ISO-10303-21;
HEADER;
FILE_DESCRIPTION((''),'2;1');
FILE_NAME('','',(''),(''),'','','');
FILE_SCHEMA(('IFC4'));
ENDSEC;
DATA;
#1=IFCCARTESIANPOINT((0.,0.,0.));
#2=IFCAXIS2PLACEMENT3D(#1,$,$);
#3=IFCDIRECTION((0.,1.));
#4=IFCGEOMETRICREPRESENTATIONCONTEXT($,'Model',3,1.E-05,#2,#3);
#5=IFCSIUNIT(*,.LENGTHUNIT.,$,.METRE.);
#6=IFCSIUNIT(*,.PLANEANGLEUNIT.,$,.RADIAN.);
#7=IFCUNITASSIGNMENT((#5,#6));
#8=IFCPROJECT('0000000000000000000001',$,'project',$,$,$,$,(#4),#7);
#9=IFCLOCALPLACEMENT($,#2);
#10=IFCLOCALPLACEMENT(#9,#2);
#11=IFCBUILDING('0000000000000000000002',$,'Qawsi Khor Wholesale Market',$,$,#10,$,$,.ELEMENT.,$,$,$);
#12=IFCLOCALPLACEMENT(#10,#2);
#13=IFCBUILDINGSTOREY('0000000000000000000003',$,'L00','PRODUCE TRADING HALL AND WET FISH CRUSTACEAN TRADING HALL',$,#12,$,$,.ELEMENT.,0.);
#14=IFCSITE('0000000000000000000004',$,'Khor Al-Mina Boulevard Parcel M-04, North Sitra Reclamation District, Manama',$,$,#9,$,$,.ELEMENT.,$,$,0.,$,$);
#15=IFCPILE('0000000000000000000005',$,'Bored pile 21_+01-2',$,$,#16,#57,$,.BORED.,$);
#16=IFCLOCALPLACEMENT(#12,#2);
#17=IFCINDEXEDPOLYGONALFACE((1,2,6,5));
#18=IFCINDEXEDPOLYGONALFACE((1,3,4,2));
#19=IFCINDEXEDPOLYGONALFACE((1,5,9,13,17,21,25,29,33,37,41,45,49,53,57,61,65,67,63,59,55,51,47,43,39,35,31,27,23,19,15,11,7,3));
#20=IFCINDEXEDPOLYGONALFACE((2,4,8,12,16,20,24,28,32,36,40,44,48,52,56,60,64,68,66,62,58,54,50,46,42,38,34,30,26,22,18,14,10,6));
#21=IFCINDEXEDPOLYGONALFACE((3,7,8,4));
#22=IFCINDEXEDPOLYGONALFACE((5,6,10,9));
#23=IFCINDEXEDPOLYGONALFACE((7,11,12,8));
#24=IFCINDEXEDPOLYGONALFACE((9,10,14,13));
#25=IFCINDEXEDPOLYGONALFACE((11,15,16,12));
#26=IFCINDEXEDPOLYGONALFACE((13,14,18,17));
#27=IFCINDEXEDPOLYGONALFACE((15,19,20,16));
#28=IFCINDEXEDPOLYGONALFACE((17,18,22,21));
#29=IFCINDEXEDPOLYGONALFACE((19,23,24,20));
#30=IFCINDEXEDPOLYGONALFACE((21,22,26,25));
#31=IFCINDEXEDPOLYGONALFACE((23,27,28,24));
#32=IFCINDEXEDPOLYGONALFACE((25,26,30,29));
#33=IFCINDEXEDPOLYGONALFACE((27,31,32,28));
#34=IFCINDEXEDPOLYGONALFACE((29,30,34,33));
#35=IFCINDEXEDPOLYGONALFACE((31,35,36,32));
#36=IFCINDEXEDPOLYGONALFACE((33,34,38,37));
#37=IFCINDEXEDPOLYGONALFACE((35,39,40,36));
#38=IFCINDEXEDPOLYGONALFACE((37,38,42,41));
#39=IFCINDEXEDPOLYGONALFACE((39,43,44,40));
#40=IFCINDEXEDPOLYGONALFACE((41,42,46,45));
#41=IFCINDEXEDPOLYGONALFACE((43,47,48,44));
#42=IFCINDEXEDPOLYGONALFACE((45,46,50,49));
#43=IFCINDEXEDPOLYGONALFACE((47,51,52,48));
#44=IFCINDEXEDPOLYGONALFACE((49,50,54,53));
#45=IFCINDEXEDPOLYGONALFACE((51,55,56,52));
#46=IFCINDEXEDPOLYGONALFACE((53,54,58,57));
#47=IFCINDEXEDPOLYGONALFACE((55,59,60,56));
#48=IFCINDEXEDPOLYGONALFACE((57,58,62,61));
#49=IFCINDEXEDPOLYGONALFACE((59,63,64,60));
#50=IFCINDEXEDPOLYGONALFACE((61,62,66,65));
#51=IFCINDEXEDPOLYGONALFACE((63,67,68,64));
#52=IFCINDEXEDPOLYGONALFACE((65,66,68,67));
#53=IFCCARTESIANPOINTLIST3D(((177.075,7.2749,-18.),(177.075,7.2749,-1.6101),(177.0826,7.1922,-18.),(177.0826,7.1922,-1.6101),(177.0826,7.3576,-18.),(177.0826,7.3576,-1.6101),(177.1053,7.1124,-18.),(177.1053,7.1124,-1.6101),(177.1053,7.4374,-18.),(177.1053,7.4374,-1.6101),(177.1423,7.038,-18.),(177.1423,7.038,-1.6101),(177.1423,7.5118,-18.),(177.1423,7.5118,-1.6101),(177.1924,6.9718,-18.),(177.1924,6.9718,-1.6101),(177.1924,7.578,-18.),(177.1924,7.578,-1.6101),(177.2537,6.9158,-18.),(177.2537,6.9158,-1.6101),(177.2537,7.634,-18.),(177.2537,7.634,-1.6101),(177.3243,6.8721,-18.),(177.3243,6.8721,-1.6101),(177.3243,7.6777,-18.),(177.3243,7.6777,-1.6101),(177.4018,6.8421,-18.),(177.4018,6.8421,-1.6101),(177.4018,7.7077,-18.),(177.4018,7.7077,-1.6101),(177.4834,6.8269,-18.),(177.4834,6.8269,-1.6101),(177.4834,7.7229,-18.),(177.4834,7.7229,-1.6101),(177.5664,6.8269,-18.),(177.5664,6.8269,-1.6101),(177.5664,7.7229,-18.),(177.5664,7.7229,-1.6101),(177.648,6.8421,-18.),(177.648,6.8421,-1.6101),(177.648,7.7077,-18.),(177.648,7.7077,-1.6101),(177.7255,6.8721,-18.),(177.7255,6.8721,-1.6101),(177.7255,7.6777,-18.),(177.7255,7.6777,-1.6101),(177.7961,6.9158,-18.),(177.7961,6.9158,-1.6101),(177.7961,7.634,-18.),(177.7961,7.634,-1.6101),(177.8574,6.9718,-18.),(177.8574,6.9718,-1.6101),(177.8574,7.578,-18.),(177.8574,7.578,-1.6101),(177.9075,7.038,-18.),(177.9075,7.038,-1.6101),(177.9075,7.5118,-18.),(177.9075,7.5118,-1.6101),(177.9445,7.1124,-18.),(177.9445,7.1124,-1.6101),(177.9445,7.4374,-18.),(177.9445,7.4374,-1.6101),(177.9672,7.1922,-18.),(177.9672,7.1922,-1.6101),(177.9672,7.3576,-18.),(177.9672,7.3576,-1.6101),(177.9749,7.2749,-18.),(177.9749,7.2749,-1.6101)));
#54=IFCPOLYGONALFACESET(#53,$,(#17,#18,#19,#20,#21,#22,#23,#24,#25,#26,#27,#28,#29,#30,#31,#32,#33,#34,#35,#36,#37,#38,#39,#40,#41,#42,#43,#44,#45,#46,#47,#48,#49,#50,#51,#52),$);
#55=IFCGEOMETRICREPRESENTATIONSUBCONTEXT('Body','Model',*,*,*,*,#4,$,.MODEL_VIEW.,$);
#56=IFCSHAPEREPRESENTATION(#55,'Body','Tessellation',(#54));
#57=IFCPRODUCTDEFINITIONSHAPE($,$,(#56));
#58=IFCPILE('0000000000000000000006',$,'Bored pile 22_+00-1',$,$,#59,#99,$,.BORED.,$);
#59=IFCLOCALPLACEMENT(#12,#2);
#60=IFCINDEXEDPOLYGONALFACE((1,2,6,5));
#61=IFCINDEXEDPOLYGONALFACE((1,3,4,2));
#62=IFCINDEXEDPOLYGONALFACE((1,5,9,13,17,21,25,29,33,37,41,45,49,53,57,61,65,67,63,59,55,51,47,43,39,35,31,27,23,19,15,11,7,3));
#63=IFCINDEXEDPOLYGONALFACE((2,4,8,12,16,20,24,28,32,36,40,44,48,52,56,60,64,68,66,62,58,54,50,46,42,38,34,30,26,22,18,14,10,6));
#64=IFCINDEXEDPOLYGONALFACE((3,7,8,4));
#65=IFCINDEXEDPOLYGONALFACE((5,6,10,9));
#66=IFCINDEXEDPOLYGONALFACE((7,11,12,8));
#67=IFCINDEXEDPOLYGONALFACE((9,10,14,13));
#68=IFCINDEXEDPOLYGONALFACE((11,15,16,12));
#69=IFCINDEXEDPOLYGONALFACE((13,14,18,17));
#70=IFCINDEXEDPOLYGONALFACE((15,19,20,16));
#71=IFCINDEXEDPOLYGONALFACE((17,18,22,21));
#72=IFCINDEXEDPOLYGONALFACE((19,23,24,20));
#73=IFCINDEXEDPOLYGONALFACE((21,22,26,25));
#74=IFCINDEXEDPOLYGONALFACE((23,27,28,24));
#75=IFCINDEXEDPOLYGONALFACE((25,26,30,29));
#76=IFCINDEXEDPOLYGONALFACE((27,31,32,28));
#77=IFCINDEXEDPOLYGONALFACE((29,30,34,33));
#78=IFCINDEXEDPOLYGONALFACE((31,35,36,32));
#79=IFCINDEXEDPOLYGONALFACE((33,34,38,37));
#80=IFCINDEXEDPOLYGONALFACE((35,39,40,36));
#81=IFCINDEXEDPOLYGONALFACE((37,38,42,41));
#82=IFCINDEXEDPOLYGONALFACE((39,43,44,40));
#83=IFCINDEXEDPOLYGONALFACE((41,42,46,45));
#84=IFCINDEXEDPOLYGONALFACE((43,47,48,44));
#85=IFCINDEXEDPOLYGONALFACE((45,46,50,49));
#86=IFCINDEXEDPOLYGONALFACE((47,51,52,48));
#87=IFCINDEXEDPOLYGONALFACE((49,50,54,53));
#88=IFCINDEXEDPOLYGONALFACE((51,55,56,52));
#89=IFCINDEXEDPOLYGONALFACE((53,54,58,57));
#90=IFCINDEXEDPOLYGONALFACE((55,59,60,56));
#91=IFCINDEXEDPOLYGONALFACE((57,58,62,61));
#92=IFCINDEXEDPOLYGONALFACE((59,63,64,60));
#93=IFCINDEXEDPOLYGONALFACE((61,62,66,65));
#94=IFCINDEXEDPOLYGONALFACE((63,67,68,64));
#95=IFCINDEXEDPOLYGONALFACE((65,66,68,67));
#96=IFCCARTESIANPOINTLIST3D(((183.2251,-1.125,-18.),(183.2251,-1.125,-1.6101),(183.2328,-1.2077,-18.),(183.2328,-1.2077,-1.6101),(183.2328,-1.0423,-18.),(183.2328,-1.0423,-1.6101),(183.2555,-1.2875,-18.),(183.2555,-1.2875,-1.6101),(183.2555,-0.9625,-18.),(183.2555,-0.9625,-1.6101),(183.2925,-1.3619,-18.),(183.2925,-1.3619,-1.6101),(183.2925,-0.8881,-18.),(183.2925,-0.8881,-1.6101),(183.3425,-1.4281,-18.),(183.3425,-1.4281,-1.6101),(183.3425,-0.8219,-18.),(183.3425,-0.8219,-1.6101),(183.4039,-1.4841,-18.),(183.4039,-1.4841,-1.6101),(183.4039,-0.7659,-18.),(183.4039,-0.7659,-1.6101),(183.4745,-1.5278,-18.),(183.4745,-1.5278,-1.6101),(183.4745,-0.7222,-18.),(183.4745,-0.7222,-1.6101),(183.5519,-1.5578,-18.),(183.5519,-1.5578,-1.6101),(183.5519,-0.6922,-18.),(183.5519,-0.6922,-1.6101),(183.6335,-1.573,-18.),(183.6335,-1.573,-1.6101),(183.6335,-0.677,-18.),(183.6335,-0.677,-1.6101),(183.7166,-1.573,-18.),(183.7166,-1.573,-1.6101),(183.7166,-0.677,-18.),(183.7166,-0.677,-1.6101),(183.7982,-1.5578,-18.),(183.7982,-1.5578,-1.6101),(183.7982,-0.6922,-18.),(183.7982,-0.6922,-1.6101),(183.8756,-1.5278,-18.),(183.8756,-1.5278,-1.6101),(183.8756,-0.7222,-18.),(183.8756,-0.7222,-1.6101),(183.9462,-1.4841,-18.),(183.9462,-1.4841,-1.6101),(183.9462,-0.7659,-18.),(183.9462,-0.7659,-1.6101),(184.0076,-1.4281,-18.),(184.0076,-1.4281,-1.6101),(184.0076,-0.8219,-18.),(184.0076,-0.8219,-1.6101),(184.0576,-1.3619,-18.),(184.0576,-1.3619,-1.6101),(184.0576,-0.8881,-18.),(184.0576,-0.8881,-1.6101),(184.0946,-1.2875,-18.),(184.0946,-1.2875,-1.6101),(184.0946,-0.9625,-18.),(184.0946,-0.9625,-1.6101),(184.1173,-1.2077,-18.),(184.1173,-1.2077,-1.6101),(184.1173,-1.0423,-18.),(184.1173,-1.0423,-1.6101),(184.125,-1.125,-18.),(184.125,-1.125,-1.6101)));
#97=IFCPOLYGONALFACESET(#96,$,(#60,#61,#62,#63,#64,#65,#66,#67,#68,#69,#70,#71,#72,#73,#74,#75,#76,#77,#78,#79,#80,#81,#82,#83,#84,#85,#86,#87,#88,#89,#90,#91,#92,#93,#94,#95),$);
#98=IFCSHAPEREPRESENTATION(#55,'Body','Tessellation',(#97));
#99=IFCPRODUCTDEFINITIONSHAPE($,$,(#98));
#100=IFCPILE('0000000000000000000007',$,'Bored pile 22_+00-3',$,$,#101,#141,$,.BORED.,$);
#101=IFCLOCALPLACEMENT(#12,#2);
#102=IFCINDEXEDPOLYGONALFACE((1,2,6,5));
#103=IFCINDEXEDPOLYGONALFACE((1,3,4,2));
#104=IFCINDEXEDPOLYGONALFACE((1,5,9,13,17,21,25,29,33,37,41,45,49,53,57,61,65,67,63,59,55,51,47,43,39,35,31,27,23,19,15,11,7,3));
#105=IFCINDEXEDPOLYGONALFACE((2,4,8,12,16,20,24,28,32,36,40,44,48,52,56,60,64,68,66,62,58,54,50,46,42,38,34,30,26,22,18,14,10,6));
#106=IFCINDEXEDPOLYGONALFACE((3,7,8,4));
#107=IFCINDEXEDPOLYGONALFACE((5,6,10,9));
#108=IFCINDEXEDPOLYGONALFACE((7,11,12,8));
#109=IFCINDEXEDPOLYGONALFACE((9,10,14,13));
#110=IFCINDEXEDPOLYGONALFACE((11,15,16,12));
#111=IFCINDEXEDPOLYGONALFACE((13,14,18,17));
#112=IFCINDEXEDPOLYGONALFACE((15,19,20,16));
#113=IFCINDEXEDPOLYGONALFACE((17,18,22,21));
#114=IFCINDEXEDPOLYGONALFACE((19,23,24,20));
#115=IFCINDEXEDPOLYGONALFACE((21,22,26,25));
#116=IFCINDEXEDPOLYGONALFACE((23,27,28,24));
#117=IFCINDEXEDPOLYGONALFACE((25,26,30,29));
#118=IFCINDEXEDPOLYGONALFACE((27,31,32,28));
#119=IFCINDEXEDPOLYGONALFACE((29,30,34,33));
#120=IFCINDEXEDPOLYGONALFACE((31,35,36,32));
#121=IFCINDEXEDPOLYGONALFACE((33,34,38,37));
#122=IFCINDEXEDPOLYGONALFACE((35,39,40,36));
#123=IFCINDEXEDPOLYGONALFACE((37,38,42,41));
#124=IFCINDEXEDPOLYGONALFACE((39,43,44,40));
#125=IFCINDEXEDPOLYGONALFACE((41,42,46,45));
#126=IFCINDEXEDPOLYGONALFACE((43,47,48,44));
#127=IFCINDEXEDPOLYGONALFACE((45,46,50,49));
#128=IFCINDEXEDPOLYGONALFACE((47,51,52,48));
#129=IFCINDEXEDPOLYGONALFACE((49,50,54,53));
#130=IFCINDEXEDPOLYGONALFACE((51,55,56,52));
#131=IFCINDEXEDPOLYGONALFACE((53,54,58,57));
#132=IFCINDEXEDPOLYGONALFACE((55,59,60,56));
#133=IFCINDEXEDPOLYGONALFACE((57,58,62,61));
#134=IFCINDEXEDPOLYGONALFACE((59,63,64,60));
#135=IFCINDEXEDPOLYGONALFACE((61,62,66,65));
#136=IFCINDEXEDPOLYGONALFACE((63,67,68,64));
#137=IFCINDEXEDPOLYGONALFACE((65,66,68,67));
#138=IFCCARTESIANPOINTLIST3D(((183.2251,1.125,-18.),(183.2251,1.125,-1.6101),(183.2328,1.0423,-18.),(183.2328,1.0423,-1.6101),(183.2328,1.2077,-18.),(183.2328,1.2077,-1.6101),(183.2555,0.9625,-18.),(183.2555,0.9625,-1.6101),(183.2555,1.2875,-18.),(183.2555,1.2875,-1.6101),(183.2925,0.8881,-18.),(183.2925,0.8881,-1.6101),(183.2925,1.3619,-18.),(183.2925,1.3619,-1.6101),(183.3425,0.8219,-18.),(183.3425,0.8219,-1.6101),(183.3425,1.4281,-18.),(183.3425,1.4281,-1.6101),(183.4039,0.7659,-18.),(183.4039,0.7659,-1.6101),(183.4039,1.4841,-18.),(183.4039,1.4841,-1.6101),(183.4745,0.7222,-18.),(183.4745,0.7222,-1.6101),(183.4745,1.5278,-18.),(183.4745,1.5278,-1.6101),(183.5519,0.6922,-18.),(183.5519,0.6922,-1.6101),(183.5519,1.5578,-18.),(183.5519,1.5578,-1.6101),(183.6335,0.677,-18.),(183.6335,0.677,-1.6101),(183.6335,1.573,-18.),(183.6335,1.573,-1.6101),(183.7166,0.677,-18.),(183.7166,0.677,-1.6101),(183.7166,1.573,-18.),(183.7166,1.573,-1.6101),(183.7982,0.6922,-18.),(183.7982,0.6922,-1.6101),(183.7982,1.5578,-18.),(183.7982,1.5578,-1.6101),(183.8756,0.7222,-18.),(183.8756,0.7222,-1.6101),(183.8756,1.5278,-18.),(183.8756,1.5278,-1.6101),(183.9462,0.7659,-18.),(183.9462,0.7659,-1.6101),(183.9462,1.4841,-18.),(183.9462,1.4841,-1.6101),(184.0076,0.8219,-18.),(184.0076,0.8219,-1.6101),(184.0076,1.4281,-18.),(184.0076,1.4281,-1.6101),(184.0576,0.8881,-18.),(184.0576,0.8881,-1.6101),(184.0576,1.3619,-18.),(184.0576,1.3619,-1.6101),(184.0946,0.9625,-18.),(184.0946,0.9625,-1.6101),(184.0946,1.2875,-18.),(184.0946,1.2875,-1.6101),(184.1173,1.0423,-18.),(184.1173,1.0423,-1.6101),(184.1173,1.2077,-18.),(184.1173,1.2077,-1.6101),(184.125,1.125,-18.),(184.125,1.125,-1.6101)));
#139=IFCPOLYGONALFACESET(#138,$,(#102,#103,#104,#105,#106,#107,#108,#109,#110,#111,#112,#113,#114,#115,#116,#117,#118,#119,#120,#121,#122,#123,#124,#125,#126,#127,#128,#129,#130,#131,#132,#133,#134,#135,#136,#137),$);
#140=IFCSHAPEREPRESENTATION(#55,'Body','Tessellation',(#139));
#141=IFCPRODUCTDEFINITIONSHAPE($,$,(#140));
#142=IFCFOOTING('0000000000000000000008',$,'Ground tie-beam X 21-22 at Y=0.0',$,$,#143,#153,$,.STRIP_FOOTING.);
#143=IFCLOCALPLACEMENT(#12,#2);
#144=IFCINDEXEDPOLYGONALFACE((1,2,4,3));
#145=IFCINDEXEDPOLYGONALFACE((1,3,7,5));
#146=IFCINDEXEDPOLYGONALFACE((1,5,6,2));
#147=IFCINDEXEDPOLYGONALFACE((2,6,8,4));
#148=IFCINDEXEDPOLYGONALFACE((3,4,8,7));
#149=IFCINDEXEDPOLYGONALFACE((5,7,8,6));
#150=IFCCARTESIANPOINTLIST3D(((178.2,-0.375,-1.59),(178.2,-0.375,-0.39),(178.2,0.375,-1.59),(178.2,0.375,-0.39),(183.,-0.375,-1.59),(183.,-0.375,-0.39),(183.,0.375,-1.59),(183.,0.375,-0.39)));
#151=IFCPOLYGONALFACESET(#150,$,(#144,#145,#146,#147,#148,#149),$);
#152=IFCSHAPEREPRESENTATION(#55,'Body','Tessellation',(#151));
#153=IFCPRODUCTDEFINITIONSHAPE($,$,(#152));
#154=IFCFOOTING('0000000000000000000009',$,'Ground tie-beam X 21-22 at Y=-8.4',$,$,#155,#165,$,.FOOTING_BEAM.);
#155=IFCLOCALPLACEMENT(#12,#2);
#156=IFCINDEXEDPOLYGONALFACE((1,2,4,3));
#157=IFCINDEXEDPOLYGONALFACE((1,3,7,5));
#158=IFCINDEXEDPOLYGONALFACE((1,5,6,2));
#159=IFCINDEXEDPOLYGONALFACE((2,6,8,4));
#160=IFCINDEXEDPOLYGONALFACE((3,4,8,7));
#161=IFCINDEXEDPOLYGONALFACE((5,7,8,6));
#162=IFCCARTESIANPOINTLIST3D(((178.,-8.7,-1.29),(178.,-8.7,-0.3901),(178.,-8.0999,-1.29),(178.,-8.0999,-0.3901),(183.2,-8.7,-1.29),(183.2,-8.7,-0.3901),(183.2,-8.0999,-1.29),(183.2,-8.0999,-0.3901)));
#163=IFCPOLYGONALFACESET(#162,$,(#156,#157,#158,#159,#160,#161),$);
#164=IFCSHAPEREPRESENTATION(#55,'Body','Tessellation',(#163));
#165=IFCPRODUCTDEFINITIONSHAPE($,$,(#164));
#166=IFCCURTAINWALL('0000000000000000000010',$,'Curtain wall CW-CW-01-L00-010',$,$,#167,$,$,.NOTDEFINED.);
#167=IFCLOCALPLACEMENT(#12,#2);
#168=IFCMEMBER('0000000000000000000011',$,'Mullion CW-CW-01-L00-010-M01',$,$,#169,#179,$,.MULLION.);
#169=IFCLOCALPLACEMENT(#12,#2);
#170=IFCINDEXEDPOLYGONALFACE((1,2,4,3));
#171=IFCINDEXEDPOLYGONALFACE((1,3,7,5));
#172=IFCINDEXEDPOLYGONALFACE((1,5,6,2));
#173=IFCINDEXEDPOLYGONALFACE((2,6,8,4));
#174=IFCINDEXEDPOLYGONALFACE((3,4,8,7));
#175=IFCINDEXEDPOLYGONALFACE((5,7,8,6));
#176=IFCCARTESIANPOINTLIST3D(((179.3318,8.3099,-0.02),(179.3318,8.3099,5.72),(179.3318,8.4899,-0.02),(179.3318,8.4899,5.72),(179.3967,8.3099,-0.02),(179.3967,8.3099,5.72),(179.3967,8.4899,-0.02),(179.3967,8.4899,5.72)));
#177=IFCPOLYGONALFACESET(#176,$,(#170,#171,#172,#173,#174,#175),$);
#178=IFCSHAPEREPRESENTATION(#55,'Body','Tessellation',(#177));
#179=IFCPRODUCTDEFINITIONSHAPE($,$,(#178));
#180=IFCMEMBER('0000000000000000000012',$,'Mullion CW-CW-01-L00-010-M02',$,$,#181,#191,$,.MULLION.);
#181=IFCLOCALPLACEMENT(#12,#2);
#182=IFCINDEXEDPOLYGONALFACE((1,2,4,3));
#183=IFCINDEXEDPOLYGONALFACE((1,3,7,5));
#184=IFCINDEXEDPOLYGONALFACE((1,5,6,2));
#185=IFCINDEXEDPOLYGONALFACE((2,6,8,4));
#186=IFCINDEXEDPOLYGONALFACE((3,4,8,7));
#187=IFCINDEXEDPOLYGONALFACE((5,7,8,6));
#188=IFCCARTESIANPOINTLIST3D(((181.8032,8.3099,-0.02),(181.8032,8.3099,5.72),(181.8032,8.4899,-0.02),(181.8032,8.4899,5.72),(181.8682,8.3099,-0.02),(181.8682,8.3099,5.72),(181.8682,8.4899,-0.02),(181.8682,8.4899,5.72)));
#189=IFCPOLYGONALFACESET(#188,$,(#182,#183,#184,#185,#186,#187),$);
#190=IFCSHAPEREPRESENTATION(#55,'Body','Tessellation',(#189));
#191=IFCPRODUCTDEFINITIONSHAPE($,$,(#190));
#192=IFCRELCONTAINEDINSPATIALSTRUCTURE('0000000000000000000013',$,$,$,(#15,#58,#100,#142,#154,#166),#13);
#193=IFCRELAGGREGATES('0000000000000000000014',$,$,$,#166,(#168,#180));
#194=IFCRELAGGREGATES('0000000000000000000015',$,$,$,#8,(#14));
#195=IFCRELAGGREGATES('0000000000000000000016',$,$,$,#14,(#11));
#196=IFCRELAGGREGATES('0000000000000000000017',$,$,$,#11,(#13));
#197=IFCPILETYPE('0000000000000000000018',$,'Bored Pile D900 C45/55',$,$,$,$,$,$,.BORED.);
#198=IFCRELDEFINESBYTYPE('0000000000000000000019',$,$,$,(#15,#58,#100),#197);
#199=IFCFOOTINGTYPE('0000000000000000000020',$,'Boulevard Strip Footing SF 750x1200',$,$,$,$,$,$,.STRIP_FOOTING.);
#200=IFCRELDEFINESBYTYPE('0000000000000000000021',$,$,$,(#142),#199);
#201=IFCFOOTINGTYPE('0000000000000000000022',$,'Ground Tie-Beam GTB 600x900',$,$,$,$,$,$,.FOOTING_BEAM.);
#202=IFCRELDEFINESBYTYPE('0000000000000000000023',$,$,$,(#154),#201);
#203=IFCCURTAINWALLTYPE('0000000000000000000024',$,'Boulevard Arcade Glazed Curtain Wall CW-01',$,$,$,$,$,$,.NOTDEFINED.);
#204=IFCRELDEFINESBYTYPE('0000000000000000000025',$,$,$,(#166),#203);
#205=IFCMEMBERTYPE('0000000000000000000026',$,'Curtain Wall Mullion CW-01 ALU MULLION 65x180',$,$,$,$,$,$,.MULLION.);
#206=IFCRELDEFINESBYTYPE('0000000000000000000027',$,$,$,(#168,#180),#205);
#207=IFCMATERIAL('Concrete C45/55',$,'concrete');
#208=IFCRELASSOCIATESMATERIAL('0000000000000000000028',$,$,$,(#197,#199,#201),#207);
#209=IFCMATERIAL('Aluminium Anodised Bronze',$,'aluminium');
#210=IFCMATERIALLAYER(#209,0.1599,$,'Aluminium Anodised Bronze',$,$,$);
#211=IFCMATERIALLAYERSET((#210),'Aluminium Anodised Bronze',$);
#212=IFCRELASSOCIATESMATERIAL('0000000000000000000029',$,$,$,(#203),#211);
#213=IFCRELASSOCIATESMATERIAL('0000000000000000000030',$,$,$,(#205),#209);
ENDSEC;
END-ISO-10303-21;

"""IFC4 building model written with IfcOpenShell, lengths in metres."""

from ifc_helpers import new_model, si_unit, direction, frame, origin, origin_2d, place, context, subcontext, project, spatial, rectangle, circle, extrude, material, layer, layer_set, material_profile, profile_set, type_object, element, aggregate, save


model = new_model("IFC4")

# Units and contexts
model_context = context("Model", 3, precision=1e-05, world=origin(), true_north=direction((0.0, 1.0)))
body_context = subcontext(model_context, "Body", "Model", "MODEL_VIEW")
ifc_project = project(units=[si_unit("LENGTHUNIT", "METRE"), si_unit("PLANEANGLEUNIT", "RADIAN")], contexts=[model_context])

# Site, building, storey
site_placement = place(None, origin())
site = spatial("IfcSite", under=ifc_project, at=site_placement, Name="Khor Al-Mina Boulevard Parcel M-04, North Sitra Reclamation District, Manama", CompositionType="ELEMENT", RefElevation=0.0)
building_placement = place(site_placement, origin())
building = spatial("IfcBuilding", under=site, at=building_placement, Name="Qawsi Khor Wholesale Market", CompositionType="ELEMENT")
storey_placement = place(building_placement, origin())
storey = spatial("IfcBuildingStorey", under=building, at=storey_placement, Name="L00", Description="PRODUCE TRADING HALL AND WET FISH CRUSTACEAN TRADING HALL", CompositionType="ELEMENT", Elevation=0.0)

# Piles
ifc_material_1 = material(Name="Concrete C45/55", Category="concrete")
ifc_material_profile_1 = material_profile(ifc_material_1, circle(Radius=0.45, at=origin_2d()), Name="PILE D900")
ifc_profile_set_1 = profile_set([ifc_material_profile_1], Name="Concrete C45/55")
pile_type_1 = type_object("IfcPileType", Name="Bored Pile D900 C45/55", PredefinedType="BORED", material=ifc_profile_set_1)
for number, where, z_axis, x_axis, name in (
    (1, (177.5249, 7.2749, -1.6101), (0.0, 0.0, -1.0), (1.0, 0.0, 0.0), "Bored pile 21_+01-2"),
    (2, (183.675, -1.125, -1.6101), (0.0, 0.0, -1.0), (1.0, 0.0, 0.0), "Bored pile 22_+00-1"),
    (3, (183.675, 1.125, -1.6101), (0.0, 0.0, -1.0), (1.0, 0.0, 0.0), "Bored pile 22_+00-3"),
):
    element("IfcPile", number, at=place(storey_placement, frame(where, z_axis=z_axis, x_axis=x_axis)), inside=storey, type_object=pile_type_1, Name=name, PredefinedType="BORED", context=body_context, shape_type="SweptSolid", body=[
        extrude(circle(Radius=0.45, at=origin_2d()), origin(), (0.0, 0.0, 1.0), 16.3899),
    ])

# Footings
ifc_material_profile_2 = material_profile(ifc_material_1, rectangle(XDim=0.75, YDim=1.2, at=origin_2d()), Name="RC 750x1200")
ifc_profile_set_2 = profile_set([ifc_material_profile_2], Name="Concrete C45/55")
footing_type_1 = type_object("IfcFootingType", Name="Boulevard Strip Footing SF 750x1200", PredefinedType="STRIP_FOOTING", material=ifc_profile_set_2)
footing_1_placement = place(storey_placement, frame((178.2, 0.0, -0.99), z_axis=(1.0, 0.0, 0.0), x_axis=(0.0, 1.0, 0.0)))
element("IfcFooting", 4, at=footing_1_placement, inside=storey, type_object=footing_type_1, Name="Ground tie-beam X 21-22 at Y=0.0", PredefinedType="STRIP_FOOTING", context=body_context, shape_type="SweptSolid", body=[
    extrude(rectangle(XDim=0.75, YDim=1.2, at=origin_2d()), origin(), (0.0, 0.0, 1.0), 4.8),
])
ifc_material_profile_3 = material_profile(ifc_material_1, rectangle(XDim=0.6001, YDim=0.8999, at=origin_2d()), Name="RC 600x900")
ifc_profile_set_3 = profile_set([ifc_material_profile_3], Name="Concrete C45/55")
footing_type_2 = type_object("IfcFootingType", Name="Ground Tie-Beam GTB 600x900", PredefinedType="FOOTING_BEAM", material=ifc_profile_set_3)
footing_2_placement = place(storey_placement, frame((178.0, -8.3999, -0.8401), z_axis=(1.0, 0.0, 0.0), x_axis=(0.0, 1.0, 0.0)))
element("IfcFooting", 5, at=footing_2_placement, inside=storey, type_object=footing_type_2, Name="Ground tie-beam X 21-22 at Y=-8.4", PredefinedType="FOOTING_BEAM", context=body_context, shape_type="SweptSolid", body=[
    extrude(rectangle(XDim=0.6001, YDim=0.8999, at=origin_2d()), origin(), (0.0, 0.0, 1.0), 5.2),
])

# Curtain wall, members
ifc_material_2 = material(Name="Aluminium Anodised Bronze", Category="aluminium")
ifc_layer_1 = layer(ifc_material_2, 0.1599, Name="Aluminium Anodised Bronze")
ifc_layer_set_1 = layer_set([ifc_layer_1], Name="Aluminium Anodised Bronze")
curtain_wall_type = type_object("IfcCurtainWallType", Name="Boulevard Arcade Glazed Curtain Wall CW-01", PredefinedType="NOTDEFINED", material=ifc_layer_set_1)
curtain_wall_placement = place(storey_placement, origin())
curtain_wall = element("IfcCurtainWall", 6, at=curtain_wall_placement, inside=storey, type_object=curtain_wall_type, Name="Curtain wall CW-CW-01-L00-010", PredefinedType="NOTDEFINED")
ifc_material_profile_4 = material_profile(ifc_material_2, rectangle(XDim=0.0649, YDim=0.1799, at=origin_2d()), Name="ALU MULLION 65x180")
ifc_profile_set_4 = profile_set([ifc_material_profile_4], Name="Aluminium Anodised Bronze")
member_type_1 = type_object("IfcMemberType", Name="Curtain Wall Mullion CW-01 ALU MULLION 65x180", PredefinedType="MULLION", material=ifc_profile_set_4)
member_1_placement = place(storey_placement, frame((179.3643, 8.3999, -0.02), z_axis=(0.0, 0.0, 1.0), x_axis=(1.0, 0.0, 0.0)))
member_1 = element("IfcMember", 7, at=member_1_placement, type_object=member_type_1, Name="Mullion CW-CW-01-L00-010-M01", PredefinedType="MULLION", context=body_context, shape_type="SweptSolid", body=[
    extrude(rectangle(XDim=0.0649, YDim=0.1799, at=origin_2d()), origin(), (0.0, 0.0, 1.0), 5.74),
])
member_2_placement = place(storey_placement, frame((181.8357, 8.3999, -0.02), z_axis=(0.0, 0.0, 1.0), x_axis=(1.0, 0.0, 0.0)))
member_2 = element("IfcMember", 8, at=member_2_placement, type_object=member_type_1, Name="Mullion CW-CW-01-L00-010-M02", PredefinedType="MULLION", context=body_context, shape_type="SweptSolid", body=[
    extrude(rectangle(XDim=0.0649, YDim=0.1799, at=origin_2d()), origin(), (0.0, 0.0, 1.0), 5.74),
])

aggregate(curtain_wall, [member_1, member_2])

save(model, "model.ifc")
